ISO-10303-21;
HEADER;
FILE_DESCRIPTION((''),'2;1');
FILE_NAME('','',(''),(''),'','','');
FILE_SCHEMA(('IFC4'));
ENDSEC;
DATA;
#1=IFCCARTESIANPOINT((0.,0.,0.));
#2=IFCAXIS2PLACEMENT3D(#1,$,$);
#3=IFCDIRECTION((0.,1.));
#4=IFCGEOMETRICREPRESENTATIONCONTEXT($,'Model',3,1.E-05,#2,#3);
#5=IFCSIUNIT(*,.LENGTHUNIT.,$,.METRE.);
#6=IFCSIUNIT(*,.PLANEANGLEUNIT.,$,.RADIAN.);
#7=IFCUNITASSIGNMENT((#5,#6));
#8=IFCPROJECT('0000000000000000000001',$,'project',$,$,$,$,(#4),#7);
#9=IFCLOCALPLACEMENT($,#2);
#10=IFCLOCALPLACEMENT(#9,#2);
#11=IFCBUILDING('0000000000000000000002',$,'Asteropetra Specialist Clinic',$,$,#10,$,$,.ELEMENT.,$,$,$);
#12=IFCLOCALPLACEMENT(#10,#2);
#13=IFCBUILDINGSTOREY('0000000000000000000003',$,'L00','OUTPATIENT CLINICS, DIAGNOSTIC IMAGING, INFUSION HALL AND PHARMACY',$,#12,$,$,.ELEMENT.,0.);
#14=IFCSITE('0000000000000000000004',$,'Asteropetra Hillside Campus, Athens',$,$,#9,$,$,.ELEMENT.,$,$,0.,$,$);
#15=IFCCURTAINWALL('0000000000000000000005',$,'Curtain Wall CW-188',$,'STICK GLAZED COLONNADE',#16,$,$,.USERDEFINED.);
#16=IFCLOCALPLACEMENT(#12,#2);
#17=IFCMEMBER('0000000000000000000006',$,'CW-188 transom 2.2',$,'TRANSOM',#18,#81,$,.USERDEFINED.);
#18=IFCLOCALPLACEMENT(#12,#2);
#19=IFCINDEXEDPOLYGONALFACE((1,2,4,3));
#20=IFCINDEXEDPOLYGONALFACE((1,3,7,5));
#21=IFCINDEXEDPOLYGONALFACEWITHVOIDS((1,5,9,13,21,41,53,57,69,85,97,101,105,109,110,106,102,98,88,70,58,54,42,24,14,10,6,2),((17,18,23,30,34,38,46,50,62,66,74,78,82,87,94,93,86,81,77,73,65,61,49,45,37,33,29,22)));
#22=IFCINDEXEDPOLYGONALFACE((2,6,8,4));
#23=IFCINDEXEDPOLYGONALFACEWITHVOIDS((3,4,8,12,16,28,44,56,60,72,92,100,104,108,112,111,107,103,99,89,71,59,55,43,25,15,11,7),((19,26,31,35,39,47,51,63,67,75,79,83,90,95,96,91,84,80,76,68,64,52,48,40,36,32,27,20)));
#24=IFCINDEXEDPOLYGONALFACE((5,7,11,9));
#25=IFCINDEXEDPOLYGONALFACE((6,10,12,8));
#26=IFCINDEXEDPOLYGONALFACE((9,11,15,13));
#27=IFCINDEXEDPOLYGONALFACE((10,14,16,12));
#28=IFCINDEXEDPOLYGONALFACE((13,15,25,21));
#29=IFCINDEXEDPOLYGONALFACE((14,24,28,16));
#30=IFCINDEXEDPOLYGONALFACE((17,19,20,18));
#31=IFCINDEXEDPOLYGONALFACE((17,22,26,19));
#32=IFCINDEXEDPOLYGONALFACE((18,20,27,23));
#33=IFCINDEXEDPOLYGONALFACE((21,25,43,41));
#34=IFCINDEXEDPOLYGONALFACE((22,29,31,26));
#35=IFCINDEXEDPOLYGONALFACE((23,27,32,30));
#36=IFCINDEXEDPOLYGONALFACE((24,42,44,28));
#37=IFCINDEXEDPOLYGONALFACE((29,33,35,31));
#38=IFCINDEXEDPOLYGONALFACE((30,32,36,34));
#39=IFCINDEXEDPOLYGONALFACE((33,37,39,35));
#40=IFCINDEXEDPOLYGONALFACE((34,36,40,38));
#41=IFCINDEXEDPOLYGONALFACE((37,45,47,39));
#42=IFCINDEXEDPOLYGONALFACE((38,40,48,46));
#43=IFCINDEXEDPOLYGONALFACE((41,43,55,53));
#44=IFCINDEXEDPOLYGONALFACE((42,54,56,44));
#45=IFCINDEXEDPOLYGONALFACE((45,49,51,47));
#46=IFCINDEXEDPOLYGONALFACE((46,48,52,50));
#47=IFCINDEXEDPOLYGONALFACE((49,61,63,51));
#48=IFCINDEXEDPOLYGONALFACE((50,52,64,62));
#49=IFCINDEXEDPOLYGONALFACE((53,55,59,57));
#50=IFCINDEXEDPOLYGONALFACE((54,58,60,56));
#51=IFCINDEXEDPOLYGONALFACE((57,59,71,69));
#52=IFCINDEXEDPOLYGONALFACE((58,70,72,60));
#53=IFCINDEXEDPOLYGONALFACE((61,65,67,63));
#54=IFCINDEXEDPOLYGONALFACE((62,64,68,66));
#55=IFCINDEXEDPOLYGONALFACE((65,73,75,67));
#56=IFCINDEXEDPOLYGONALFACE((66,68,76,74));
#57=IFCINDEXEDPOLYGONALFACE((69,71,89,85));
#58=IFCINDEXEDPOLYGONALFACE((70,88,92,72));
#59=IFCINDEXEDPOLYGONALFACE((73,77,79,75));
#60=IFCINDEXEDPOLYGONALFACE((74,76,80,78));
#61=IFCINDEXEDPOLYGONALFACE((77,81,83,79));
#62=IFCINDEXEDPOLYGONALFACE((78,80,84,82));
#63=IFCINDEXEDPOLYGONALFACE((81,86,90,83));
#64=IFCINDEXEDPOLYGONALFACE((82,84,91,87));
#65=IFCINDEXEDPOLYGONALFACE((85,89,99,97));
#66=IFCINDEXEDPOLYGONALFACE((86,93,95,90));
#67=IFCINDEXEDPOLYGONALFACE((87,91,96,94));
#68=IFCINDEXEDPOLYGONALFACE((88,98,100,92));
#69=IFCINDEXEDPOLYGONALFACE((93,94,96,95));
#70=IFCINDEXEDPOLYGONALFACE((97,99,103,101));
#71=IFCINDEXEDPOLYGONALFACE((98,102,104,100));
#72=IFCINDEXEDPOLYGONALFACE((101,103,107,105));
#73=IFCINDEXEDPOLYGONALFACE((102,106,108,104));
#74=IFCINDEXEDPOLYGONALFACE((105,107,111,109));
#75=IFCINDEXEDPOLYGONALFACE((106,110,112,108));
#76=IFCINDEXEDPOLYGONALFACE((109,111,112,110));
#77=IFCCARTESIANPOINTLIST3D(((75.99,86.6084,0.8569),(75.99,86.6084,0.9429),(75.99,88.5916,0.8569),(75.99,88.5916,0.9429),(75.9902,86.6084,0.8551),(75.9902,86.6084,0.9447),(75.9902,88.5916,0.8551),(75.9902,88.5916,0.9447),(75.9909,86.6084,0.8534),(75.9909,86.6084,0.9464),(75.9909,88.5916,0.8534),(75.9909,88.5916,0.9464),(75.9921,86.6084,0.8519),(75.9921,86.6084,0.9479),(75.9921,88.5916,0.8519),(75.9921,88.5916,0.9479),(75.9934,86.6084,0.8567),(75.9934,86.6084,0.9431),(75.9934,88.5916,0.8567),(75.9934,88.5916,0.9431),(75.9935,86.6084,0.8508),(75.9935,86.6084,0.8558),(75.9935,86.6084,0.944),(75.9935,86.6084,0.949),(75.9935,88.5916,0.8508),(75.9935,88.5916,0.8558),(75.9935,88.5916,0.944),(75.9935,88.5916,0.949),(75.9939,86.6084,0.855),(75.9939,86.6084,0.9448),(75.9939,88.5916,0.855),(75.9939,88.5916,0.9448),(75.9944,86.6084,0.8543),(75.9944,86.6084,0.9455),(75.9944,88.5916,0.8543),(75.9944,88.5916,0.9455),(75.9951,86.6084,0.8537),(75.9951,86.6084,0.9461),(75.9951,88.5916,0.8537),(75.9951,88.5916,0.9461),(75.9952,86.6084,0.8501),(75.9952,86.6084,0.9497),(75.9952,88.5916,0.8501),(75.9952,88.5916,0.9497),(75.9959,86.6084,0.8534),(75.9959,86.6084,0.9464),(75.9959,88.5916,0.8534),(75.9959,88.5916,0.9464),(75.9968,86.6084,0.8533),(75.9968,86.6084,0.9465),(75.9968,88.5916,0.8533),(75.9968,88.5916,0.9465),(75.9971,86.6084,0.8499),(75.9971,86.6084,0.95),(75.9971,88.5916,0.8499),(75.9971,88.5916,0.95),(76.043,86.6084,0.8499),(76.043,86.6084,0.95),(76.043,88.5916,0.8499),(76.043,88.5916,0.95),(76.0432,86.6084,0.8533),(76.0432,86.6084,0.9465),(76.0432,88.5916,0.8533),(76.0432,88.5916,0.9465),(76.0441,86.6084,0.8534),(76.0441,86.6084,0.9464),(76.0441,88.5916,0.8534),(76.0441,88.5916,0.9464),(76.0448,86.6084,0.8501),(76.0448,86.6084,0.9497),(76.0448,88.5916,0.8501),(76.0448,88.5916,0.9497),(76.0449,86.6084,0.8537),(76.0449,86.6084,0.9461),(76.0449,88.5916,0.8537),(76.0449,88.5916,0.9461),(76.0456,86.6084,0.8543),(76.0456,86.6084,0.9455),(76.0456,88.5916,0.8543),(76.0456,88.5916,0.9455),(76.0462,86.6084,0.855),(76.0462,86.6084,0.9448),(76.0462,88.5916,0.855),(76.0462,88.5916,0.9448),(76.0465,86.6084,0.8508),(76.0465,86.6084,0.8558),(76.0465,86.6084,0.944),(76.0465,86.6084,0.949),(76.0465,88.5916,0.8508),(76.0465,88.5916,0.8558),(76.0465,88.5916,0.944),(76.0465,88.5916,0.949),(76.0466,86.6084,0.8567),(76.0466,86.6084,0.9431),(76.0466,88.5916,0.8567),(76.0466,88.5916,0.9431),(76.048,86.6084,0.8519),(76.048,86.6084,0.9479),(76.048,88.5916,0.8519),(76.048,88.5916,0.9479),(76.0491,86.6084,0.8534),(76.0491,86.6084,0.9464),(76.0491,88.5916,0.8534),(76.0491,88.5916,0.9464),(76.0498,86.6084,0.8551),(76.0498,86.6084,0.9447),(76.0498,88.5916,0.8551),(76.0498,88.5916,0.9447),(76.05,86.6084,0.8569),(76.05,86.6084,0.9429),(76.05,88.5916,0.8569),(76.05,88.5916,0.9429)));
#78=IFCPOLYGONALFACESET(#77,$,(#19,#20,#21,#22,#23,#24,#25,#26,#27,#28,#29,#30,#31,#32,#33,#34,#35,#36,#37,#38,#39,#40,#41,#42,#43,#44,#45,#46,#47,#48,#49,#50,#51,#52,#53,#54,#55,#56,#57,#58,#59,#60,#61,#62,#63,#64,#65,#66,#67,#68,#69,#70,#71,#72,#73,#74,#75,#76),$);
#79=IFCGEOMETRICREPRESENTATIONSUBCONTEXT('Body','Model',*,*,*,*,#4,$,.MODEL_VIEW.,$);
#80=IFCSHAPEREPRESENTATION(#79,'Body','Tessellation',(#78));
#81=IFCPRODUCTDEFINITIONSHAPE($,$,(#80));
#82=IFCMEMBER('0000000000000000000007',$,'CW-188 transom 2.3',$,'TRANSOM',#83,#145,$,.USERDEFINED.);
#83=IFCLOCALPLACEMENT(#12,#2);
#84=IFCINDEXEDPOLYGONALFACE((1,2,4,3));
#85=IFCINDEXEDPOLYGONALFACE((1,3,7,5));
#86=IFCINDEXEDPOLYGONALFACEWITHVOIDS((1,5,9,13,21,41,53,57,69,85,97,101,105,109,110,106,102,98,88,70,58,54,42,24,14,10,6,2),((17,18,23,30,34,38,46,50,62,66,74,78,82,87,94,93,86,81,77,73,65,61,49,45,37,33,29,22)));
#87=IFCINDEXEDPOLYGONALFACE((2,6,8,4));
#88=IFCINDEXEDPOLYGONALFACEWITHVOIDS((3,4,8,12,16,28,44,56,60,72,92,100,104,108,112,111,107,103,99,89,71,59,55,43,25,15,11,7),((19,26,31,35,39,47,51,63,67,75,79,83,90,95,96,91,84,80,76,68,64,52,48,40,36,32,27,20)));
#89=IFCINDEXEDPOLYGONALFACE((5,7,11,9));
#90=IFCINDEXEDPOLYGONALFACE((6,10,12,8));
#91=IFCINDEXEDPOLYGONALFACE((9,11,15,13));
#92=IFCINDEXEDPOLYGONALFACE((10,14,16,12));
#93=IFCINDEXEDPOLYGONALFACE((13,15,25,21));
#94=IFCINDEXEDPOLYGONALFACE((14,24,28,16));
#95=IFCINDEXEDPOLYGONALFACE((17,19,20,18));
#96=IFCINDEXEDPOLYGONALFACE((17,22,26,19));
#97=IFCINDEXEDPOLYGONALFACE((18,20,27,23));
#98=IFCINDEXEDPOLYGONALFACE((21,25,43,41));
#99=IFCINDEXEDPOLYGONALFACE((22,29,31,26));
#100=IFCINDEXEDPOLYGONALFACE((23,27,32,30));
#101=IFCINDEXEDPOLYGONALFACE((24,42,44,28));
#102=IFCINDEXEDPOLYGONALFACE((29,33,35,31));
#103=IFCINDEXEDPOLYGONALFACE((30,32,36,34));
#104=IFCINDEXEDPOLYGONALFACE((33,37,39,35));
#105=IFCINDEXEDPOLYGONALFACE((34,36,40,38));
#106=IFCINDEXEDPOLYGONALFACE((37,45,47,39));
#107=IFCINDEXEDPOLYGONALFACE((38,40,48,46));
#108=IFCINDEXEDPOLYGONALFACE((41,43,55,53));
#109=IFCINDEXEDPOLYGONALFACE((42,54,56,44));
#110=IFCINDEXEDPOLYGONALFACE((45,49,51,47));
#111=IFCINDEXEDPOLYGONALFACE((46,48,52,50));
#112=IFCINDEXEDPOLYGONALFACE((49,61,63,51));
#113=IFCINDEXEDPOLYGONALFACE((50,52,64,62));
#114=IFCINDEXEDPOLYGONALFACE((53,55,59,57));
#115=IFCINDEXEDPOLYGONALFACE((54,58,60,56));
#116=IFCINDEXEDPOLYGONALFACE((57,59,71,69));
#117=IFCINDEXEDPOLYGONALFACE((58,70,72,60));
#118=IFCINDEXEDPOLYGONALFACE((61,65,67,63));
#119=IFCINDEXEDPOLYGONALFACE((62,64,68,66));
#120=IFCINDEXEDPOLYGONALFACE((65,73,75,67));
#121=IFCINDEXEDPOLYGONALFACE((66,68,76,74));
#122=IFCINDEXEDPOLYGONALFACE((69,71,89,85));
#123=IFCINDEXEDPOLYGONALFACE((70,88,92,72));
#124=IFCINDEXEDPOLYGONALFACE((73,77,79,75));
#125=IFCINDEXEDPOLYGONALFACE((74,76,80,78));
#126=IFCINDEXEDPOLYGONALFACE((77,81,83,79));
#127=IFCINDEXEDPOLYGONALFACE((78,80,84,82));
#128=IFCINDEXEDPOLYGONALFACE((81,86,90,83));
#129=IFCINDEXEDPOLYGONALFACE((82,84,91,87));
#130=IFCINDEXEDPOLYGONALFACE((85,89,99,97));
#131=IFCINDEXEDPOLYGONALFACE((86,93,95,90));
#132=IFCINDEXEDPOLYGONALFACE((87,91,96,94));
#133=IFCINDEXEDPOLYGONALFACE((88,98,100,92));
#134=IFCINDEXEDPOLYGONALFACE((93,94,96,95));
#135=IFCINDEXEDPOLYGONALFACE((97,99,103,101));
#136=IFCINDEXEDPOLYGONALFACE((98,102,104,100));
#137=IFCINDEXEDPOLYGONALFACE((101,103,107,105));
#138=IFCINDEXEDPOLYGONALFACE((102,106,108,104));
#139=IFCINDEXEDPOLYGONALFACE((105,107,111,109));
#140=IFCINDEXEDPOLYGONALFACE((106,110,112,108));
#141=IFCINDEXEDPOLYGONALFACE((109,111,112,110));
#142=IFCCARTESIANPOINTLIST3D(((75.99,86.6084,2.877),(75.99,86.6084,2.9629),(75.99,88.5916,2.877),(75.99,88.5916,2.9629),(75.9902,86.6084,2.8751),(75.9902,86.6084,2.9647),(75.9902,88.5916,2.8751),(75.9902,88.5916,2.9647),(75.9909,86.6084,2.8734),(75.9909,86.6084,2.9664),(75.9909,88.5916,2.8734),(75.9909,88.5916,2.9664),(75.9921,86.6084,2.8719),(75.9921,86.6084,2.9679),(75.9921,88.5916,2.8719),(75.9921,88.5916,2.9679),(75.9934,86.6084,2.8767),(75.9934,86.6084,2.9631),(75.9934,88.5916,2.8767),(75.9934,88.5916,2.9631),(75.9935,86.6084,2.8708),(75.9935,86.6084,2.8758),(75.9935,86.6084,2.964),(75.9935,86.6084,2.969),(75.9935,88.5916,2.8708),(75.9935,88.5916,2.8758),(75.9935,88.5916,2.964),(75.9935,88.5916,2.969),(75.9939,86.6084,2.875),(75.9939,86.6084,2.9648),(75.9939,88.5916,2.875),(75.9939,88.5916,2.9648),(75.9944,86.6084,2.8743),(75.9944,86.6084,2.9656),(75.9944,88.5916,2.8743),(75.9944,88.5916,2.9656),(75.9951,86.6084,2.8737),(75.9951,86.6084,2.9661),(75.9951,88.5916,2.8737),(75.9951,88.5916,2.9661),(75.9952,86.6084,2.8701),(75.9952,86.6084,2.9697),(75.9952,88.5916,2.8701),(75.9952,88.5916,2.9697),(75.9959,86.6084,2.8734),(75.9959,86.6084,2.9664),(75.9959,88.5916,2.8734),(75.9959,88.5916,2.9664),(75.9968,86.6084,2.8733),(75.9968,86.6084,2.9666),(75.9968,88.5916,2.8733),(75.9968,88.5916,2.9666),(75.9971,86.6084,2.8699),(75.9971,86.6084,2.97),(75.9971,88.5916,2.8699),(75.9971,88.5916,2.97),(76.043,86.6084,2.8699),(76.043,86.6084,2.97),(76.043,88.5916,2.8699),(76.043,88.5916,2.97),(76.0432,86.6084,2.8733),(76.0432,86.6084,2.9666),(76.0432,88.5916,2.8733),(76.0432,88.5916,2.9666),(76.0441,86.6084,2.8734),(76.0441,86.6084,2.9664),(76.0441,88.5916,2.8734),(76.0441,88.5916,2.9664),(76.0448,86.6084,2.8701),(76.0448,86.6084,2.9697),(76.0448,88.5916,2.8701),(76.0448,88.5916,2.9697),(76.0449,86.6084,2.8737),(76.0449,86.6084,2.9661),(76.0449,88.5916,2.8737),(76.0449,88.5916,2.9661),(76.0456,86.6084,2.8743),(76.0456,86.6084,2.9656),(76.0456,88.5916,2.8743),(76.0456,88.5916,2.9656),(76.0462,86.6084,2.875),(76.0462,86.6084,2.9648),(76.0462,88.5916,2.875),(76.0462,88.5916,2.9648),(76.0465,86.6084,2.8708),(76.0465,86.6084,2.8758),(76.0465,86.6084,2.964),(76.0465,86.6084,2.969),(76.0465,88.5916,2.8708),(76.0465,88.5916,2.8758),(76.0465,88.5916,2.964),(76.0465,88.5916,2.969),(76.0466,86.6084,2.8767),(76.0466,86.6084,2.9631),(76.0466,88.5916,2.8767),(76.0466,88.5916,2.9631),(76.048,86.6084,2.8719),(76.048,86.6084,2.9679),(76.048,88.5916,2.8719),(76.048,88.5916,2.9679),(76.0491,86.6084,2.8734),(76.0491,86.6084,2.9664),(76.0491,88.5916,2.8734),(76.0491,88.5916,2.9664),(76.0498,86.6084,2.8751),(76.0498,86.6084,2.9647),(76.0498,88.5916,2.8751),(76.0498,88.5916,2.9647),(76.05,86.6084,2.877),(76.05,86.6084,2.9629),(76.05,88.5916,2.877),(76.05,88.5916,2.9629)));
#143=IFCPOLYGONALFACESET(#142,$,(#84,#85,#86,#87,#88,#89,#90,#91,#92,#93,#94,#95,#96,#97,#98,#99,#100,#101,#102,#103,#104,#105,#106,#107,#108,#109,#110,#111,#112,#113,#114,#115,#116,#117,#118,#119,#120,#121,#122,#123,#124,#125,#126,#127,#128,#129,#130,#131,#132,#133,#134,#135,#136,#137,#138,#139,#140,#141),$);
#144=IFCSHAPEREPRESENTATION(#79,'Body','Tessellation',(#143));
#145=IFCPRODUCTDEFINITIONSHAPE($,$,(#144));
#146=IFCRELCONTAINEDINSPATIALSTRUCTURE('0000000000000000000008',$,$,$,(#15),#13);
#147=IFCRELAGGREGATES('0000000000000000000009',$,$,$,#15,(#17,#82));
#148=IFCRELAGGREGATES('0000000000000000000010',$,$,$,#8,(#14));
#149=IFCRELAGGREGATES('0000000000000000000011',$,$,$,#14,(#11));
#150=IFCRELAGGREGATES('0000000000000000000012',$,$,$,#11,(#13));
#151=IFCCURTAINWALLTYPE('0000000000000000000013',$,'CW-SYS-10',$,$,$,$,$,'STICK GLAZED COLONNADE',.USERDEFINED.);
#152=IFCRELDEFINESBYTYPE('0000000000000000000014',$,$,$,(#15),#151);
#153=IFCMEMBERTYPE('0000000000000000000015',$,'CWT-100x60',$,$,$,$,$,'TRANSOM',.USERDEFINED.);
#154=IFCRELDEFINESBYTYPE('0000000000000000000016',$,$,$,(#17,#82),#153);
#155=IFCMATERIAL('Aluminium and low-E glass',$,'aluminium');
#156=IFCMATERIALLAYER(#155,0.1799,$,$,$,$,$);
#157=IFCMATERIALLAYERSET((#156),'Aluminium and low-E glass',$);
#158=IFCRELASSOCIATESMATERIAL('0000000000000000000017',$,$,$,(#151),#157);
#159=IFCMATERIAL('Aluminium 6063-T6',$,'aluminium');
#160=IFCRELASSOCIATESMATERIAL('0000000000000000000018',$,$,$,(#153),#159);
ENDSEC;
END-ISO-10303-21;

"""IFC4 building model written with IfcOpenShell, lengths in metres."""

from ifc_helpers import new_model, si_unit, direction, frame, origin, origin_2d, place, context, subcontext, project, spatial, hollow_rectangle, extrude, material, layer, layer_set, material_profile, profile_set, type_object, element, aggregate, save


model = new_model("IFC4")

# Units and contexts
model_context = context("Model", 3, precision=1e-05, world=origin(), true_north=direction((0.0, 1.0)))
body_context = subcontext(model_context, "Body", "Model", "MODEL_VIEW")
ifc_project = project(units=[si_unit("LENGTHUNIT", "METRE"), si_unit("PLANEANGLEUNIT", "RADIAN")], contexts=[model_context])

# Site, building, storey
site_placement = place(None, origin())
site = spatial("IfcSite", under=ifc_project, at=site_placement, Name="Asteropetra Hillside Campus, Athens", CompositionType="ELEMENT", RefElevation=0.0)
building_placement = place(site_placement, origin())
building = spatial("IfcBuilding", under=site, at=building_placement, Name="Asteropetra Specialist Clinic", CompositionType="ELEMENT")
storey_placement = place(building_placement, origin())
storey = spatial("IfcBuildingStorey", under=building, at=storey_placement, Name="L00", Description="OUTPATIENT CLINICS, DIAGNOSTIC IMAGING, INFUSION HALL AND PHARMACY", CompositionType="ELEMENT", Elevation=0.0)

# Curtain wall, members
ifc_material_1 = material(Name="Aluminium and low-E glass", Category="aluminium")
ifc_layer_1 = layer(ifc_material_1, 0.1799)
ifc_layer_set_1 = layer_set([ifc_layer_1], Name="Aluminium and low-E glass")
curtain_wall_type = type_object("IfcCurtainWallType", Name="CW-SYS-10", ElementType="STICK GLAZED COLONNADE", PredefinedType="USERDEFINED", material=ifc_layer_set_1)
curtain_wall_placement = place(storey_placement, origin())
curtain_wall = element("IfcCurtainWall", 1, at=curtain_wall_placement, inside=storey, type_object=curtain_wall_type, Name="Curtain Wall CW-188", ObjectType="STICK GLAZED COLONNADE", PredefinedType="USERDEFINED")
ifc_material_2 = material(Name="Aluminium 6063-T6", Category="aluminium")
ifc_material_profile_1 = material_profile(ifc_material_2, hollow_rectangle(XDim=0.0601, YDim=0.1001, WallThickness=0.0034, InnerFilletRadius=0.0034, OuterFilletRadius=0.0071, at=origin_2d()), Name="TRN 100x60x3.5")
ifc_profile_set_1 = profile_set([ifc_material_profile_1], Name="Aluminium 6063-T6")
member_type_1 = type_object("IfcMemberType", Name="CWT-100x60", ElementType="TRANSOM", PredefinedType="USERDEFINED", material=ifc_profile_set_1)
member_1_placement = place(storey_placement, frame((76.02, 86.6084, 0.8999), z_axis=(0.0, 1.0, 0.0), x_axis=(-1.0, 0.0, 0.0)))
member_1 = element("IfcMember", 2, at=member_1_placement, type_object=member_type_1, Name="CW-188 transom 2.2", ObjectType="TRANSOM", PredefinedType="USERDEFINED", context=body_context, shape_type="SweptSolid", body=[
    extrude(hollow_rectangle(XDim=0.0601, YDim=0.1001, WallThickness=0.0034, InnerFilletRadius=0.0034, OuterFilletRadius=0.0071, at=origin_2d()), origin(), (0.0, 0.0, 1.0), 1.9832),
])
member_2_placement = place(storey_placement, frame((76.02, 86.6084, 2.9199), z_axis=(0.0, 1.0, 0.0), x_axis=(-1.0, 0.0, 0.0)))
member_2 = element("IfcMember", 3, at=member_2_placement, type_object=member_type_1, Name="CW-188 transom 2.3", ObjectType="TRANSOM", PredefinedType="USERDEFINED", context=body_context, shape_type="SweptSolid", body=[
    extrude(hollow_rectangle(XDim=0.0601, YDim=0.1001, WallThickness=0.0034, InnerFilletRadius=0.0034, OuterFilletRadius=0.0071, at=origin_2d()), origin(), (0.0, 0.0, 1.0), 1.9832),
])
aggregate(curtain_wall, [member_1, member_2])

save(model, "model.ifc")
